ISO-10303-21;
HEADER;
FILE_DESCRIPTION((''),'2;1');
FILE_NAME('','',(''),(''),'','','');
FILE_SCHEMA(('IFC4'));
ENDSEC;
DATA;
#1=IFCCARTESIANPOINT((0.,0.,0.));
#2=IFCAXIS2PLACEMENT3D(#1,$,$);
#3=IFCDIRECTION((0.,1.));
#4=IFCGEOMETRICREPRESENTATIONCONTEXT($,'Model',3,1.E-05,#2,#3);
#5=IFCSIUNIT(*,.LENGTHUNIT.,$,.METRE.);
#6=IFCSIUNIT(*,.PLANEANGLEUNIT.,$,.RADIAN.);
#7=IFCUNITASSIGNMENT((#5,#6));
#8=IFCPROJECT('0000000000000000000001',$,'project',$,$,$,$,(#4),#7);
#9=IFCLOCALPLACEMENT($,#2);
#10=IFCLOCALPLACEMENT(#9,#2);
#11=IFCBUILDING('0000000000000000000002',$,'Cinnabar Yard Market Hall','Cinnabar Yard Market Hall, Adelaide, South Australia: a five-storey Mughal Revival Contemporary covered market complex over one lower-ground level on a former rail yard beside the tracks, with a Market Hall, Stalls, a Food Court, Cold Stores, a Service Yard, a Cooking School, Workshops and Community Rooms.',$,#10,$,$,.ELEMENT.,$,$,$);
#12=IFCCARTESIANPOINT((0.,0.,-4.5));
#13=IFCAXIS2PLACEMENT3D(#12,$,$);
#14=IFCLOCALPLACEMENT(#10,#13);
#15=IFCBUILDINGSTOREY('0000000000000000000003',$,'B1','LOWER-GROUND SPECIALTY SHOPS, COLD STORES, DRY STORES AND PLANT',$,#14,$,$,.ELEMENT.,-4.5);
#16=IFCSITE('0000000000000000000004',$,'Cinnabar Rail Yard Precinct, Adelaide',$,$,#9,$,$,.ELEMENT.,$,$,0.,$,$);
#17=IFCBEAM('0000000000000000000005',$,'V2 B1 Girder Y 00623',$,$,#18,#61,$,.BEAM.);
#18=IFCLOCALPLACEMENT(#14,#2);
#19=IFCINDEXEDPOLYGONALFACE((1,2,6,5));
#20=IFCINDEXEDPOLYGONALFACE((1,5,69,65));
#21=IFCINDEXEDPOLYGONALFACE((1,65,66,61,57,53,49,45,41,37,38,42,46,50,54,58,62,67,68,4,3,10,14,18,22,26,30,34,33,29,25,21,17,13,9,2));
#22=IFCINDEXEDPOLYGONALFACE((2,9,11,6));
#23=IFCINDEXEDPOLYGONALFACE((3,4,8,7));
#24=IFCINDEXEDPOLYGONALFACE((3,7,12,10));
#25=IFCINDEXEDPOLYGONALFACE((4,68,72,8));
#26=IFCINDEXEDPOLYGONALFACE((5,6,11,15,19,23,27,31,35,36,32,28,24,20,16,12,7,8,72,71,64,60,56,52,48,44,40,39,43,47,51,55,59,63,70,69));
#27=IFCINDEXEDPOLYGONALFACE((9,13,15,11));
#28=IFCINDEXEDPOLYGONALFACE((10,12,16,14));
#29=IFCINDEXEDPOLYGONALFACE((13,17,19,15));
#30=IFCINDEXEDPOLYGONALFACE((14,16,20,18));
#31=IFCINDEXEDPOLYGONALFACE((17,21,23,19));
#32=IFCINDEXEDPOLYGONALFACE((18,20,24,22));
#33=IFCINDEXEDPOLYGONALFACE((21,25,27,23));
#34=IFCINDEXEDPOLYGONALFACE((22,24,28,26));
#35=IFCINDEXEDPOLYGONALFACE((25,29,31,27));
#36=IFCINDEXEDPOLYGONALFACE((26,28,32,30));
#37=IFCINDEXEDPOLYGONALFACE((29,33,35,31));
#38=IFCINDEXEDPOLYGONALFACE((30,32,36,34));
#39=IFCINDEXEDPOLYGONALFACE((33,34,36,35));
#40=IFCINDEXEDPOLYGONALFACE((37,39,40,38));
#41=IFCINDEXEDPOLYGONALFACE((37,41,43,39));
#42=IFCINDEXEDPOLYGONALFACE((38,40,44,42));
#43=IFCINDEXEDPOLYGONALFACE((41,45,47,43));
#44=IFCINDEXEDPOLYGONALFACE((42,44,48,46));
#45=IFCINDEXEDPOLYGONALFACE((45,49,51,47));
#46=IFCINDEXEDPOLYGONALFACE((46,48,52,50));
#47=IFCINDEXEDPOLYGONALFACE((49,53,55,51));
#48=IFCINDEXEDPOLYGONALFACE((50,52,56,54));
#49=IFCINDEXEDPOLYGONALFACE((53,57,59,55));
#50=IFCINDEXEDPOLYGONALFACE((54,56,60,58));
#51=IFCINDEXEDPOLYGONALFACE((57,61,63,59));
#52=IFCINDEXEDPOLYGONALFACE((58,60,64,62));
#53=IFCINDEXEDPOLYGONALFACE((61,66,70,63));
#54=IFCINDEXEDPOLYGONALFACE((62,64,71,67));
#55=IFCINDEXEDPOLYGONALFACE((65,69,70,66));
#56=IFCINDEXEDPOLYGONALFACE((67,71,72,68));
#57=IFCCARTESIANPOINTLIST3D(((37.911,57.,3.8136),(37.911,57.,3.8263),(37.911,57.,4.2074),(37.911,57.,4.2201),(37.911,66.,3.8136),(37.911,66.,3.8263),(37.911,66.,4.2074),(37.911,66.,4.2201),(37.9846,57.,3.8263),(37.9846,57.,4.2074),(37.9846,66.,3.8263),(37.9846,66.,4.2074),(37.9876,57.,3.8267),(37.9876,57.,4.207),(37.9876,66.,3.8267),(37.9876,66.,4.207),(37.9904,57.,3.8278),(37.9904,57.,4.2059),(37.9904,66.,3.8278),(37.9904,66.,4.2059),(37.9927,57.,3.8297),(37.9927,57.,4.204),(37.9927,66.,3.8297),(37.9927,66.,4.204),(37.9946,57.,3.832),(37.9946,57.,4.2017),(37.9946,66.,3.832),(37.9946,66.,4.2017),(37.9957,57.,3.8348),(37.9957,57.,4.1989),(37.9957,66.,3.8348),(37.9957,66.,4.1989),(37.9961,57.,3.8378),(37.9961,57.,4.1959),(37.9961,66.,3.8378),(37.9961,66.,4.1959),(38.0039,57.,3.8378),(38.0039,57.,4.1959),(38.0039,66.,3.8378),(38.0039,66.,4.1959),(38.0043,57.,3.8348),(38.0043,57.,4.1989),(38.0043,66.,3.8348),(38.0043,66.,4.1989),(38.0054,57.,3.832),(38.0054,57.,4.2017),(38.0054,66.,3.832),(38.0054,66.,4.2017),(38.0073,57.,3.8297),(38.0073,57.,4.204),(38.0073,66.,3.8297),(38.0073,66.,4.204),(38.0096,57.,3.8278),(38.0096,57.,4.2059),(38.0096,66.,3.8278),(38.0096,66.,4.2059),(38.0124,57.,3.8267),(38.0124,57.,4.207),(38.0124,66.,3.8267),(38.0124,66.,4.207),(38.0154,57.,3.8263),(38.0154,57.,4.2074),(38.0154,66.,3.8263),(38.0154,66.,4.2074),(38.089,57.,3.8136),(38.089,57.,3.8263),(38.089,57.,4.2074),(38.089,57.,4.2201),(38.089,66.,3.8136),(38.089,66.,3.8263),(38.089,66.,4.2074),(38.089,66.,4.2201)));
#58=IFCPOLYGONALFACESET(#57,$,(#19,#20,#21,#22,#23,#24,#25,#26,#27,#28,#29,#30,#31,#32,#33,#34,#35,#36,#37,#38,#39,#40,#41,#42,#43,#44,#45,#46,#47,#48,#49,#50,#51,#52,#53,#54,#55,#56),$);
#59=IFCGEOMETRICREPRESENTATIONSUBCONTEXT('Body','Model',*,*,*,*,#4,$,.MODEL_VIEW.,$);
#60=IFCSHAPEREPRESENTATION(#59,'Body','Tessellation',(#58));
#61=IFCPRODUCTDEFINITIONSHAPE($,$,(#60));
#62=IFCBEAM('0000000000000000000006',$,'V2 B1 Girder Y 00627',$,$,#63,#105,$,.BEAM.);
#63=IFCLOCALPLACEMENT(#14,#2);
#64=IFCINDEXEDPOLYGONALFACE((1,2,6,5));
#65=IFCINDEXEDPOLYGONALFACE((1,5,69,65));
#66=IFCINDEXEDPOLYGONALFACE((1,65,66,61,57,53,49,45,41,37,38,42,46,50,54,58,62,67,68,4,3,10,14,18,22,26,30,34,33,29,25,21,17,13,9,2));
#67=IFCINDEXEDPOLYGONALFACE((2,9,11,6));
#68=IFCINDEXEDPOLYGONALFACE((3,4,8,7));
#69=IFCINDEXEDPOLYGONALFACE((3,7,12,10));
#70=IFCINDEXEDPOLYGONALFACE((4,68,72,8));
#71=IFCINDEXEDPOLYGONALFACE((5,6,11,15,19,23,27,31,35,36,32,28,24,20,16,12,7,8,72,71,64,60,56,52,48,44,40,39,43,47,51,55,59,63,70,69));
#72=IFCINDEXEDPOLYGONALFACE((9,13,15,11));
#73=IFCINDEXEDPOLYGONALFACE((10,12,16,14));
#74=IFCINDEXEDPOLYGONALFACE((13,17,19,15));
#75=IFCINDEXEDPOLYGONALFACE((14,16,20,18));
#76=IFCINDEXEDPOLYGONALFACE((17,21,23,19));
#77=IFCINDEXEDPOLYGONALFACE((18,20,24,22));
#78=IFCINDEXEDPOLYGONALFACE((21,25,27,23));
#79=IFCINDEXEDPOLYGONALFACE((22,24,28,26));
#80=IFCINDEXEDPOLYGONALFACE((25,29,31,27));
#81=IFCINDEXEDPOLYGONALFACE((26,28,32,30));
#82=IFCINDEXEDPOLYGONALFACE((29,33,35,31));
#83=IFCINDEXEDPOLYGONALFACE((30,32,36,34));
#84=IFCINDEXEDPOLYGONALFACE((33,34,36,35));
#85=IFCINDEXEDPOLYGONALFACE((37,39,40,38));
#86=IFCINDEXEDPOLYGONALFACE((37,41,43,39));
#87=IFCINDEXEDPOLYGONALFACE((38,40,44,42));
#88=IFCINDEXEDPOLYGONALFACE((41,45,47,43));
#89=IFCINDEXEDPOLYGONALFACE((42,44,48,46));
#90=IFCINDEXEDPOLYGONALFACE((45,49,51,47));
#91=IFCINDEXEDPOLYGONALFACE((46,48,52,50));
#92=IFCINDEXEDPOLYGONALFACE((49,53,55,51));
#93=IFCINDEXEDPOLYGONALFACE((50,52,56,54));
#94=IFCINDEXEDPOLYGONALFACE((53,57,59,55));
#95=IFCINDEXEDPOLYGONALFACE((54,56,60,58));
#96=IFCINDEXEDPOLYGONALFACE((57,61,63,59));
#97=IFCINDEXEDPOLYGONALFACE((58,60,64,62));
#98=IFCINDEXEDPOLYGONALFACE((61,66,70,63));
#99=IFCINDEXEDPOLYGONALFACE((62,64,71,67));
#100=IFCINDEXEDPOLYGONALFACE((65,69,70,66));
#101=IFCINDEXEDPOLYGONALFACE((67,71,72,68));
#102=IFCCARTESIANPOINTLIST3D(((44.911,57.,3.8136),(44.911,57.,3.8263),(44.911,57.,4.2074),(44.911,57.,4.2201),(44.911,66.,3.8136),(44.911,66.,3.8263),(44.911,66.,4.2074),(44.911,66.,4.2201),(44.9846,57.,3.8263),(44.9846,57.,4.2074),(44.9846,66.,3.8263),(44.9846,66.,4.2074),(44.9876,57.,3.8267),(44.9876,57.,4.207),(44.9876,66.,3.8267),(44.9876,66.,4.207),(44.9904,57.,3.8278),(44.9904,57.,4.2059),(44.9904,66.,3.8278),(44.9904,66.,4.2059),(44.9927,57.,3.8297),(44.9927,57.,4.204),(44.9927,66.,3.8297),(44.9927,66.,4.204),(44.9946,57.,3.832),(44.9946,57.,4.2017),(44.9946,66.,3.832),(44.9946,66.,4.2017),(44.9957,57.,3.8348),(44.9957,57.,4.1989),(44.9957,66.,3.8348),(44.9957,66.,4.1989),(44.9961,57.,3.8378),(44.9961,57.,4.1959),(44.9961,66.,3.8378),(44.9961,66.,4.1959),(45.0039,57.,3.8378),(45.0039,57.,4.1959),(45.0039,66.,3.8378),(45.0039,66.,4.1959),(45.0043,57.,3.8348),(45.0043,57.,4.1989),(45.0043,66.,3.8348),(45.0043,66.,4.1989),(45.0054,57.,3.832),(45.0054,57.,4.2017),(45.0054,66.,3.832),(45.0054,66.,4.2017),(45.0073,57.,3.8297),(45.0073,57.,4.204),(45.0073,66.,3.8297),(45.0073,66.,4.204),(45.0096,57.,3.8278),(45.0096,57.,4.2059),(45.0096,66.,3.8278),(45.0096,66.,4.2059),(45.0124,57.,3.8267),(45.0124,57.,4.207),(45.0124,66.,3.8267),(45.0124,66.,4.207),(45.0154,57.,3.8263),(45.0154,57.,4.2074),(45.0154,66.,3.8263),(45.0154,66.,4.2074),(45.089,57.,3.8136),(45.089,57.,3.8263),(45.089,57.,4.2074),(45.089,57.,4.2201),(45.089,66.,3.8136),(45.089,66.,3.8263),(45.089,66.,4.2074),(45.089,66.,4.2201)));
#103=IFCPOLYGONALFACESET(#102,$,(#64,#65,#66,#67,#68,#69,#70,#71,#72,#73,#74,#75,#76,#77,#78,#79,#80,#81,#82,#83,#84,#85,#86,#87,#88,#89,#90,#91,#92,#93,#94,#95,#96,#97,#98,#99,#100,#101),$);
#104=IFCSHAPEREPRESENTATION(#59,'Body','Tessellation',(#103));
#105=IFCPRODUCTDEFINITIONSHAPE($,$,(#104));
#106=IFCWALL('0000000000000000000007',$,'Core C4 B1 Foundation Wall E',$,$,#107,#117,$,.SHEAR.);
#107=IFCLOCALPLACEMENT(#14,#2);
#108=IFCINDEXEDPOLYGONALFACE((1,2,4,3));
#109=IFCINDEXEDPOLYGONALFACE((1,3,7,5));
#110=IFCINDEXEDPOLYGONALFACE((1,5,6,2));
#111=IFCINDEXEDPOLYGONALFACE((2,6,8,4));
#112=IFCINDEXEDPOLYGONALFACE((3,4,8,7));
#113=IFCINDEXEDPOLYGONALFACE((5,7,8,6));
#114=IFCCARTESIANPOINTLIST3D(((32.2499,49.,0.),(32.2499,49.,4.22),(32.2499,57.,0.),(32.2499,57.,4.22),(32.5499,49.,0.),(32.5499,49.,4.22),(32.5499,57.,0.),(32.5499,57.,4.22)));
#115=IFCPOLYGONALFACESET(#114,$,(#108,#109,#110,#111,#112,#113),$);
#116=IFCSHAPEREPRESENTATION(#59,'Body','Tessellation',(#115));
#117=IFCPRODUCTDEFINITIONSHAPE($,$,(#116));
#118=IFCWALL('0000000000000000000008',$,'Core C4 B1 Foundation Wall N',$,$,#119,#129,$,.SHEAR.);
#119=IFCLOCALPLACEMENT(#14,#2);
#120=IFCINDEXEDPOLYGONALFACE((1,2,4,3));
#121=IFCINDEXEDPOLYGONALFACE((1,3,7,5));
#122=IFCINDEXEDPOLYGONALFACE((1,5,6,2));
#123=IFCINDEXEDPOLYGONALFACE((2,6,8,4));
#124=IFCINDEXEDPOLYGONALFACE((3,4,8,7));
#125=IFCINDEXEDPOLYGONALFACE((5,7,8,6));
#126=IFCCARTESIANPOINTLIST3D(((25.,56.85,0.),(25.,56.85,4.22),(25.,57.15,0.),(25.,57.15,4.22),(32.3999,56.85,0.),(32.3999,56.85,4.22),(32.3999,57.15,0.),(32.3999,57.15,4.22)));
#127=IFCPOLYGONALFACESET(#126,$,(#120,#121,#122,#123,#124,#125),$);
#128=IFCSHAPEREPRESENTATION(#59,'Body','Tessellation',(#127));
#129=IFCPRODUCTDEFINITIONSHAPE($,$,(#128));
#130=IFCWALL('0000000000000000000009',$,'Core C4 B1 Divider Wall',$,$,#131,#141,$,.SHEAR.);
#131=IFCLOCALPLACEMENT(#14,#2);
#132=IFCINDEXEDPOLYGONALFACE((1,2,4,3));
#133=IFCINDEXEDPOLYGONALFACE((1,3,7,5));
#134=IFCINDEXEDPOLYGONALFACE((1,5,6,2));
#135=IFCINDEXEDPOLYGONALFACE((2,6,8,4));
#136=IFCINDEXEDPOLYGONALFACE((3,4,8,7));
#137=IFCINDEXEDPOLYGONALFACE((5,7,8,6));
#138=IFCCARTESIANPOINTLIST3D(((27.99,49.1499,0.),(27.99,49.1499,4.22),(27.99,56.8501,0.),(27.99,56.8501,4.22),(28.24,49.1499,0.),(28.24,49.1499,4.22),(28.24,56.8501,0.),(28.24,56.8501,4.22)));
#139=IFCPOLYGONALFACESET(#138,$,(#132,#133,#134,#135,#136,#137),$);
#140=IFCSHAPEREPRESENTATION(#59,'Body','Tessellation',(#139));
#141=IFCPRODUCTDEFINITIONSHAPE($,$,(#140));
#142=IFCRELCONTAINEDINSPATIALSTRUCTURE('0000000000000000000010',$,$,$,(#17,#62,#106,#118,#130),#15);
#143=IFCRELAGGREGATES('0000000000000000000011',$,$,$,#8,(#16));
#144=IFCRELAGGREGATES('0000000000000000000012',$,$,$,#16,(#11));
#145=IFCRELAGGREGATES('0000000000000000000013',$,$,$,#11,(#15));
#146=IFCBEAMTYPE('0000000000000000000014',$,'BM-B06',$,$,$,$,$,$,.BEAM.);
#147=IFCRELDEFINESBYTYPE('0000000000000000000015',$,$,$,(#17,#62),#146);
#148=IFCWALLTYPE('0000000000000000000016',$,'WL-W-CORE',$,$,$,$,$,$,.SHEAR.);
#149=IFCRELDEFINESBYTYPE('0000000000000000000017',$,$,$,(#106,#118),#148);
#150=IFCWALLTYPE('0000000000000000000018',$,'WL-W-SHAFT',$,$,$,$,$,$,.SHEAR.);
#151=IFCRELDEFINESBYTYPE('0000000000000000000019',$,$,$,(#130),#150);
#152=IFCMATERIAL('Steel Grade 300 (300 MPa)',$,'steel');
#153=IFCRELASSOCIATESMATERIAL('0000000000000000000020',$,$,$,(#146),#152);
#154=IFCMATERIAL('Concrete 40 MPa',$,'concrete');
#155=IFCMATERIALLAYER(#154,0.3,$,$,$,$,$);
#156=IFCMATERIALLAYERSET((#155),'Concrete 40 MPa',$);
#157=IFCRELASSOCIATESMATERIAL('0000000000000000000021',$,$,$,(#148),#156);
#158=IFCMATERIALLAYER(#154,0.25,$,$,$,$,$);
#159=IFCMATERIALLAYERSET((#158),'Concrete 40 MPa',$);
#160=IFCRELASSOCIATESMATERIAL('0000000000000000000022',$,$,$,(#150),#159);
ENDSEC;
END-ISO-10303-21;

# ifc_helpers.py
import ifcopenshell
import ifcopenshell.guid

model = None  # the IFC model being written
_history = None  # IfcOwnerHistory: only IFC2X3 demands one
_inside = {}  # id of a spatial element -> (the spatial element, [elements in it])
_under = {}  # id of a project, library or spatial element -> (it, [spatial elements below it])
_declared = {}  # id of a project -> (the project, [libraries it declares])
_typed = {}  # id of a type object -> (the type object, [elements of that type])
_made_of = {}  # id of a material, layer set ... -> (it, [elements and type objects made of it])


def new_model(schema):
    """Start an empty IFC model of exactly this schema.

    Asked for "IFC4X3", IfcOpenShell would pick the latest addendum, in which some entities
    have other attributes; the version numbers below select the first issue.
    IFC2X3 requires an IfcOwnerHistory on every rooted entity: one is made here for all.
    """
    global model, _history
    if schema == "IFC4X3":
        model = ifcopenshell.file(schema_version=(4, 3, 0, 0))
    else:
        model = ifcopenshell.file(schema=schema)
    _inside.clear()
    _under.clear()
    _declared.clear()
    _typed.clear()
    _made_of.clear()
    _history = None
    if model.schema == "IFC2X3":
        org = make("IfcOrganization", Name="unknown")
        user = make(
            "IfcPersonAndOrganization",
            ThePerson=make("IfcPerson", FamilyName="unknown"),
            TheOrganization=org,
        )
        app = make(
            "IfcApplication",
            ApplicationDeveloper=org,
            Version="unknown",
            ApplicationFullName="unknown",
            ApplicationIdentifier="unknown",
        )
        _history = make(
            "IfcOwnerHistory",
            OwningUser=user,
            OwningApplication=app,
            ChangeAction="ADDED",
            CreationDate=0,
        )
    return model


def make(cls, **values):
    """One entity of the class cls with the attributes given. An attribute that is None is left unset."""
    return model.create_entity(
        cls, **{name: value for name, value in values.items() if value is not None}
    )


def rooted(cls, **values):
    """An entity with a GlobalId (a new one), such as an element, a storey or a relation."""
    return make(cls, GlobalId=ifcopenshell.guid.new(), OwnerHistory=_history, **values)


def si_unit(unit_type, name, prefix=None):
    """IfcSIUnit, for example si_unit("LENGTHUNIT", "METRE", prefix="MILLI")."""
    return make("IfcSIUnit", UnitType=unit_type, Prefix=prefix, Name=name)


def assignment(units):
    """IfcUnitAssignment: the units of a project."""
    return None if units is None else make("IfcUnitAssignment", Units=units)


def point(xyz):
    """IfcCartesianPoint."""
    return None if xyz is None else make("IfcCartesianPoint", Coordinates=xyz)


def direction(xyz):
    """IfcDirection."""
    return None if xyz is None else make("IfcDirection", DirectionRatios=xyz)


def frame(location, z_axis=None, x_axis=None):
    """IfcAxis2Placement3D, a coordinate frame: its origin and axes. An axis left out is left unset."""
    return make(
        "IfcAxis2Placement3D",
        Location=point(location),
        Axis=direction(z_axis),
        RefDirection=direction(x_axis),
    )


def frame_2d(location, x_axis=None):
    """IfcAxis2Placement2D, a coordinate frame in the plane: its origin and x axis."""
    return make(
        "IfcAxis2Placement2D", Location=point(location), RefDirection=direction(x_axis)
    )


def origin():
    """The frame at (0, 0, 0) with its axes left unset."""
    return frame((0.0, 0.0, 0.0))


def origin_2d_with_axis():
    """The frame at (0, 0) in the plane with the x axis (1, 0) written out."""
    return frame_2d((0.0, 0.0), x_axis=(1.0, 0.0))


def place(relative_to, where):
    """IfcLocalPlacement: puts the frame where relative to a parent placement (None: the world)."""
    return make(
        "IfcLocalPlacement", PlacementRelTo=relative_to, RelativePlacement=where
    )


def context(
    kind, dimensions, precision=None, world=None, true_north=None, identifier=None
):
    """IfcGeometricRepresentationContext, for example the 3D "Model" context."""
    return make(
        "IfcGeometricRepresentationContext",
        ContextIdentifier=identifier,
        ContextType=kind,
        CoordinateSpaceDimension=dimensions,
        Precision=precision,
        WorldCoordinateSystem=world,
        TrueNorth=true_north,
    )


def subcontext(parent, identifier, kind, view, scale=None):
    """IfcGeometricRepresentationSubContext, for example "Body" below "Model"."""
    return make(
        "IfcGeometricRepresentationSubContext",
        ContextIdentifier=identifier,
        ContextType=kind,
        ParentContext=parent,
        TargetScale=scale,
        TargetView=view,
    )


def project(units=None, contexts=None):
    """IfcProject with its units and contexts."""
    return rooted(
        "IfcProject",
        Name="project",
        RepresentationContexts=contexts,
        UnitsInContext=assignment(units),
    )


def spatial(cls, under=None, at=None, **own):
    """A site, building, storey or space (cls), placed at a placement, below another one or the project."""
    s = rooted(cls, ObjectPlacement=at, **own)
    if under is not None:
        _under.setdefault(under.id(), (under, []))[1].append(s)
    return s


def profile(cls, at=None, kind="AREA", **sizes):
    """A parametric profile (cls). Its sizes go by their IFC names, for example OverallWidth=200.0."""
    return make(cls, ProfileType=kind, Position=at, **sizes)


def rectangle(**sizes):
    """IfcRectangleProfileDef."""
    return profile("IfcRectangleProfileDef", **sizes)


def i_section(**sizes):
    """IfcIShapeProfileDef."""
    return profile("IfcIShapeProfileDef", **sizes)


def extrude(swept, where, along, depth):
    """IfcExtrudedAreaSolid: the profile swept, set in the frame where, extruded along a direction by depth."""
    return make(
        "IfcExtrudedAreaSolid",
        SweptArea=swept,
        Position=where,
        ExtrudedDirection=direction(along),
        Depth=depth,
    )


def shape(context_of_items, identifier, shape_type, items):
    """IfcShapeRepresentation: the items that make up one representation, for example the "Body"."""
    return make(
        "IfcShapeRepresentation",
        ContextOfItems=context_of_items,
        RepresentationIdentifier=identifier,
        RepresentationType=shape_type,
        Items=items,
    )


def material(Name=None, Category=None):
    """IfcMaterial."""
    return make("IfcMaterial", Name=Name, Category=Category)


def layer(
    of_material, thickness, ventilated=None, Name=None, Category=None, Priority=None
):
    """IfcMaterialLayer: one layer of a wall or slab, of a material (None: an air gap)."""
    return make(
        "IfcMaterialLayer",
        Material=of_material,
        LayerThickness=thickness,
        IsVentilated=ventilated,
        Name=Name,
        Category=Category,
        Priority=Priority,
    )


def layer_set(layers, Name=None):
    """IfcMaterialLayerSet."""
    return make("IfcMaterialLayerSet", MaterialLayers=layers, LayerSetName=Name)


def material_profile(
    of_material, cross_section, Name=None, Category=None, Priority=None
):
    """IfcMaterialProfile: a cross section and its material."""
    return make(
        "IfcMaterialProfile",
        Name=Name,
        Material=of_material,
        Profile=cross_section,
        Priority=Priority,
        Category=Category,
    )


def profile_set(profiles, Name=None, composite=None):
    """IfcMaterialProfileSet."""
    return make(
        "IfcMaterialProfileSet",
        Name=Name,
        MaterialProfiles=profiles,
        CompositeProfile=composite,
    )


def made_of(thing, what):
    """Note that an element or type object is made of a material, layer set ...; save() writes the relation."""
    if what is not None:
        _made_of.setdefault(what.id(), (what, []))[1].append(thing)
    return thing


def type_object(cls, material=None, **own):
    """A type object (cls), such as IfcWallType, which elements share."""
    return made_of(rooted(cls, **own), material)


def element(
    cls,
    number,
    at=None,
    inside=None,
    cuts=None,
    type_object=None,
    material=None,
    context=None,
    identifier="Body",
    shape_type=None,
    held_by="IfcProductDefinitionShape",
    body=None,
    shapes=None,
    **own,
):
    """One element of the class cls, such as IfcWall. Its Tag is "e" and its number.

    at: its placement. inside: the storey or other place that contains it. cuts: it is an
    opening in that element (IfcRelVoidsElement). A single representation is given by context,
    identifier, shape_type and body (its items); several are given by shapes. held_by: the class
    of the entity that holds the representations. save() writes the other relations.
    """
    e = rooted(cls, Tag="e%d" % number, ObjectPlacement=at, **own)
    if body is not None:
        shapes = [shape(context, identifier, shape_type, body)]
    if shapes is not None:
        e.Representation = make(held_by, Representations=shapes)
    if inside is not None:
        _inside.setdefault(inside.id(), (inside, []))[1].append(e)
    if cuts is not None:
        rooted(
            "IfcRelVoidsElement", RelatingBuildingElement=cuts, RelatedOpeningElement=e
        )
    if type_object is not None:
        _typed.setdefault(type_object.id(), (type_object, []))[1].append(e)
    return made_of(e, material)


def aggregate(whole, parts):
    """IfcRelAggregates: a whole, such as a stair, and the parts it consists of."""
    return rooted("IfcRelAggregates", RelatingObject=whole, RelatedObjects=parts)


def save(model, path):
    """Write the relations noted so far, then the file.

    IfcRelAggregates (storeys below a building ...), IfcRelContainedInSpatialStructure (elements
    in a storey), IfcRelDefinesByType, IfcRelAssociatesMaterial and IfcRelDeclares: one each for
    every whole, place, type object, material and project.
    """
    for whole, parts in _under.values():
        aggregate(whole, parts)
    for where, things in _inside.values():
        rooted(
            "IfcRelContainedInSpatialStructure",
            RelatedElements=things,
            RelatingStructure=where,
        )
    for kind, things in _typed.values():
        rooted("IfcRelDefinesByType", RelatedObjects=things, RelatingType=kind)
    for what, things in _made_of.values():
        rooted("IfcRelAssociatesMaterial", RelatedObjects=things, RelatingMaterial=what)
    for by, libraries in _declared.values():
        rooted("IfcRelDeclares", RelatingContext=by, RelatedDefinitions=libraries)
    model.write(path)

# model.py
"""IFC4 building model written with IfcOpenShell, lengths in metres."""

from ifc_helpers import new_model, si_unit, direction, frame, frame_2d, origin, origin_2d_with_axis, place, context, subcontext, project, spatial, rectangle, i_section, extrude, material, layer, layer_set, material_profile, profile_set, type_object, element, save


model = new_model("IFC4")

# Units and contexts
model_context = context("Model", 3, precision=1e-05, world=origin(), true_north=direction((0.0, 1.0)))
body_context = subcontext(model_context, "Body", "Model", "MODEL_VIEW")
ifc_project = project(units=[si_unit("LENGTHUNIT", "METRE"), si_unit("PLANEANGLEUNIT", "RADIAN")], contexts=[model_context])

# Site, building, storey
site_placement = place(None, origin())
site = spatial("IfcSite", under=ifc_project, at=site_placement, Name="Cinnabar Rail Yard Precinct, Adelaide", CompositionType="ELEMENT", RefElevation=0.0)
building_placement = place(site_placement, origin())
building = spatial("IfcBuilding", under=site, at=building_placement, Name="Cinnabar Yard Market Hall", Description="Cinnabar Yard Market Hall, Adelaide, South Australia: a five-storey Mughal Revival Contemporary covered market complex over one lower-ground level on a former rail yard beside the tracks, with a Market Hall, Stalls, a Food Court, Cold Stores, a Service Yard, a Cooking School, Workshops and Community Rooms.", CompositionType="ELEMENT")
storey_placement = place(building_placement, frame((0.0, 0.0, -4.5)))
storey = spatial("IfcBuildingStorey", under=building, at=storey_placement, Name="B1", Description="LOWER-GROUND SPECIALTY SHOPS, COLD STORES, DRY STORES AND PLANT", CompositionType="ELEMENT", Elevation=-4.5)

# Shared definitions
ifc_material_1 = material(Name="Concrete 40 MPa", Category="concrete")

# Shared definitions
ifc_material_2 = material(Name="Steel Grade 300 (300 MPa)", Category="steel")

# Beams
ifc_material_profile_1 = material_profile(ifc_material_2, i_section(OverallWidth=0.178, OverallDepth=0.4065, WebThickness=0.0078, FlangeThickness=0.0127, FilletRadius=0.0115, at=origin_2d_with_axis()), Name="410UB59.7")
ifc_profile_set_1 = profile_set([ifc_material_profile_1], Name="Steel Grade 300 (300 MPa)")
beam_type_1 = type_object("IfcBeamType", Name="BM-B06", PredefinedType="BEAM", material=ifc_profile_set_1)
for number, where, z_axis, x_axis, name in (
    (1, (38.0, 57.0, 4.0168), (0.0, 1.0, 0.0), (-1.0, 0.0, 0.0), "V2 B1 Girder Y 00623"),
    (2, (45.0, 57.0, 4.0168), (0.0, 1.0, 0.0), (-1.0, 0.0, 0.0), "V2 B1 Girder Y 00627"),
):
    element("IfcBeam", number, at=place(storey_placement, frame(where, z_axis=z_axis, x_axis=x_axis)), inside=storey, type_object=beam_type_1, Name=name, PredefinedType="BEAM", context=body_context, shape_type="SweptSolid", body=[
        extrude(i_section(OverallWidth=0.178, OverallDepth=0.4065, WebThickness=0.0078, FlangeThickness=0.0127, FilletRadius=0.0115, at=origin_2d_with_axis()), origin(), (0.0, 0.0, 1.0), 9.0),
    ])

# Walls
ifc_layer_1 = layer(ifc_material_1, 0.3)
ifc_layer_set_1 = layer_set([ifc_layer_1], Name="Concrete 40 MPa")
wall_type_1 = type_object("IfcWallType", Name="WL-W-CORE", PredefinedType="SHEAR", material=ifc_layer_set_1)
wall_1_placement = place(storey_placement, frame((32.3999, 49.0, 0.0), z_axis=(0.0, 0.0, 1.0), x_axis=(0.0, 1.0, 0.0)))
element("IfcWall", 3, at=wall_1_placement, inside=storey, type_object=wall_type_1, Name="Core C4 B1 Foundation Wall E", PredefinedType="SHEAR", context=body_context, shape_type="SweptSolid", body=[
    extrude(rectangle(XDim=8.0, YDim=0.3, at=frame_2d((4.0, 0.0), x_axis=(1.0, 0.0))), origin(), (0.0, 0.0, 1.0), 4.22),
])
wall_2_placement = place(storey_placement, frame((32.3999, 57.0, 0.0), z_axis=(0.0, 0.0, 1.0), x_axis=(-1.0, 0.0, 0.0)))
element("IfcWall", 4, at=wall_2_placement, inside=storey, type_object=wall_type_1, Name="Core C4 B1 Foundation Wall N", PredefinedType="SHEAR", context=body_context, shape_type="SweptSolid", body=[
    extrude(rectangle(XDim=7.3999, YDim=0.3, at=frame_2d((3.7, 0.0), x_axis=(1.0, 0.0))), origin(), (0.0, 0.0, 1.0), 4.22),
])
ifc_layer_2 = layer(ifc_material_1, 0.25)
ifc_layer_set_2 = layer_set([ifc_layer_2], Name="Concrete 40 MPa")
wall_type_2 = type_object("IfcWallType", Name="WL-W-SHAFT", PredefinedType="SHEAR", material=ifc_layer_set_2)
wall_3_placement = place(storey_placement, frame((28.115, 49.1499, 0.0), z_axis=(0.0, 0.0, 1.0), x_axis=(0.0, 1.0, 0.0)))
element("IfcWall", 5, at=wall_3_placement, inside=storey, type_object=wall_type_2, Name="Core C4 B1 Divider Wall", PredefinedType="SHEAR", context=body_context, shape_type="SweptSolid", body=[
    extrude(rectangle(XDim=7.7002, YDim=0.25, at=frame_2d((3.8501, 0.0), x_axis=(1.0, 0.0))), origin(), (0.0, 0.0, 1.0), 4.22),
])

save(model, "model.ifc")
